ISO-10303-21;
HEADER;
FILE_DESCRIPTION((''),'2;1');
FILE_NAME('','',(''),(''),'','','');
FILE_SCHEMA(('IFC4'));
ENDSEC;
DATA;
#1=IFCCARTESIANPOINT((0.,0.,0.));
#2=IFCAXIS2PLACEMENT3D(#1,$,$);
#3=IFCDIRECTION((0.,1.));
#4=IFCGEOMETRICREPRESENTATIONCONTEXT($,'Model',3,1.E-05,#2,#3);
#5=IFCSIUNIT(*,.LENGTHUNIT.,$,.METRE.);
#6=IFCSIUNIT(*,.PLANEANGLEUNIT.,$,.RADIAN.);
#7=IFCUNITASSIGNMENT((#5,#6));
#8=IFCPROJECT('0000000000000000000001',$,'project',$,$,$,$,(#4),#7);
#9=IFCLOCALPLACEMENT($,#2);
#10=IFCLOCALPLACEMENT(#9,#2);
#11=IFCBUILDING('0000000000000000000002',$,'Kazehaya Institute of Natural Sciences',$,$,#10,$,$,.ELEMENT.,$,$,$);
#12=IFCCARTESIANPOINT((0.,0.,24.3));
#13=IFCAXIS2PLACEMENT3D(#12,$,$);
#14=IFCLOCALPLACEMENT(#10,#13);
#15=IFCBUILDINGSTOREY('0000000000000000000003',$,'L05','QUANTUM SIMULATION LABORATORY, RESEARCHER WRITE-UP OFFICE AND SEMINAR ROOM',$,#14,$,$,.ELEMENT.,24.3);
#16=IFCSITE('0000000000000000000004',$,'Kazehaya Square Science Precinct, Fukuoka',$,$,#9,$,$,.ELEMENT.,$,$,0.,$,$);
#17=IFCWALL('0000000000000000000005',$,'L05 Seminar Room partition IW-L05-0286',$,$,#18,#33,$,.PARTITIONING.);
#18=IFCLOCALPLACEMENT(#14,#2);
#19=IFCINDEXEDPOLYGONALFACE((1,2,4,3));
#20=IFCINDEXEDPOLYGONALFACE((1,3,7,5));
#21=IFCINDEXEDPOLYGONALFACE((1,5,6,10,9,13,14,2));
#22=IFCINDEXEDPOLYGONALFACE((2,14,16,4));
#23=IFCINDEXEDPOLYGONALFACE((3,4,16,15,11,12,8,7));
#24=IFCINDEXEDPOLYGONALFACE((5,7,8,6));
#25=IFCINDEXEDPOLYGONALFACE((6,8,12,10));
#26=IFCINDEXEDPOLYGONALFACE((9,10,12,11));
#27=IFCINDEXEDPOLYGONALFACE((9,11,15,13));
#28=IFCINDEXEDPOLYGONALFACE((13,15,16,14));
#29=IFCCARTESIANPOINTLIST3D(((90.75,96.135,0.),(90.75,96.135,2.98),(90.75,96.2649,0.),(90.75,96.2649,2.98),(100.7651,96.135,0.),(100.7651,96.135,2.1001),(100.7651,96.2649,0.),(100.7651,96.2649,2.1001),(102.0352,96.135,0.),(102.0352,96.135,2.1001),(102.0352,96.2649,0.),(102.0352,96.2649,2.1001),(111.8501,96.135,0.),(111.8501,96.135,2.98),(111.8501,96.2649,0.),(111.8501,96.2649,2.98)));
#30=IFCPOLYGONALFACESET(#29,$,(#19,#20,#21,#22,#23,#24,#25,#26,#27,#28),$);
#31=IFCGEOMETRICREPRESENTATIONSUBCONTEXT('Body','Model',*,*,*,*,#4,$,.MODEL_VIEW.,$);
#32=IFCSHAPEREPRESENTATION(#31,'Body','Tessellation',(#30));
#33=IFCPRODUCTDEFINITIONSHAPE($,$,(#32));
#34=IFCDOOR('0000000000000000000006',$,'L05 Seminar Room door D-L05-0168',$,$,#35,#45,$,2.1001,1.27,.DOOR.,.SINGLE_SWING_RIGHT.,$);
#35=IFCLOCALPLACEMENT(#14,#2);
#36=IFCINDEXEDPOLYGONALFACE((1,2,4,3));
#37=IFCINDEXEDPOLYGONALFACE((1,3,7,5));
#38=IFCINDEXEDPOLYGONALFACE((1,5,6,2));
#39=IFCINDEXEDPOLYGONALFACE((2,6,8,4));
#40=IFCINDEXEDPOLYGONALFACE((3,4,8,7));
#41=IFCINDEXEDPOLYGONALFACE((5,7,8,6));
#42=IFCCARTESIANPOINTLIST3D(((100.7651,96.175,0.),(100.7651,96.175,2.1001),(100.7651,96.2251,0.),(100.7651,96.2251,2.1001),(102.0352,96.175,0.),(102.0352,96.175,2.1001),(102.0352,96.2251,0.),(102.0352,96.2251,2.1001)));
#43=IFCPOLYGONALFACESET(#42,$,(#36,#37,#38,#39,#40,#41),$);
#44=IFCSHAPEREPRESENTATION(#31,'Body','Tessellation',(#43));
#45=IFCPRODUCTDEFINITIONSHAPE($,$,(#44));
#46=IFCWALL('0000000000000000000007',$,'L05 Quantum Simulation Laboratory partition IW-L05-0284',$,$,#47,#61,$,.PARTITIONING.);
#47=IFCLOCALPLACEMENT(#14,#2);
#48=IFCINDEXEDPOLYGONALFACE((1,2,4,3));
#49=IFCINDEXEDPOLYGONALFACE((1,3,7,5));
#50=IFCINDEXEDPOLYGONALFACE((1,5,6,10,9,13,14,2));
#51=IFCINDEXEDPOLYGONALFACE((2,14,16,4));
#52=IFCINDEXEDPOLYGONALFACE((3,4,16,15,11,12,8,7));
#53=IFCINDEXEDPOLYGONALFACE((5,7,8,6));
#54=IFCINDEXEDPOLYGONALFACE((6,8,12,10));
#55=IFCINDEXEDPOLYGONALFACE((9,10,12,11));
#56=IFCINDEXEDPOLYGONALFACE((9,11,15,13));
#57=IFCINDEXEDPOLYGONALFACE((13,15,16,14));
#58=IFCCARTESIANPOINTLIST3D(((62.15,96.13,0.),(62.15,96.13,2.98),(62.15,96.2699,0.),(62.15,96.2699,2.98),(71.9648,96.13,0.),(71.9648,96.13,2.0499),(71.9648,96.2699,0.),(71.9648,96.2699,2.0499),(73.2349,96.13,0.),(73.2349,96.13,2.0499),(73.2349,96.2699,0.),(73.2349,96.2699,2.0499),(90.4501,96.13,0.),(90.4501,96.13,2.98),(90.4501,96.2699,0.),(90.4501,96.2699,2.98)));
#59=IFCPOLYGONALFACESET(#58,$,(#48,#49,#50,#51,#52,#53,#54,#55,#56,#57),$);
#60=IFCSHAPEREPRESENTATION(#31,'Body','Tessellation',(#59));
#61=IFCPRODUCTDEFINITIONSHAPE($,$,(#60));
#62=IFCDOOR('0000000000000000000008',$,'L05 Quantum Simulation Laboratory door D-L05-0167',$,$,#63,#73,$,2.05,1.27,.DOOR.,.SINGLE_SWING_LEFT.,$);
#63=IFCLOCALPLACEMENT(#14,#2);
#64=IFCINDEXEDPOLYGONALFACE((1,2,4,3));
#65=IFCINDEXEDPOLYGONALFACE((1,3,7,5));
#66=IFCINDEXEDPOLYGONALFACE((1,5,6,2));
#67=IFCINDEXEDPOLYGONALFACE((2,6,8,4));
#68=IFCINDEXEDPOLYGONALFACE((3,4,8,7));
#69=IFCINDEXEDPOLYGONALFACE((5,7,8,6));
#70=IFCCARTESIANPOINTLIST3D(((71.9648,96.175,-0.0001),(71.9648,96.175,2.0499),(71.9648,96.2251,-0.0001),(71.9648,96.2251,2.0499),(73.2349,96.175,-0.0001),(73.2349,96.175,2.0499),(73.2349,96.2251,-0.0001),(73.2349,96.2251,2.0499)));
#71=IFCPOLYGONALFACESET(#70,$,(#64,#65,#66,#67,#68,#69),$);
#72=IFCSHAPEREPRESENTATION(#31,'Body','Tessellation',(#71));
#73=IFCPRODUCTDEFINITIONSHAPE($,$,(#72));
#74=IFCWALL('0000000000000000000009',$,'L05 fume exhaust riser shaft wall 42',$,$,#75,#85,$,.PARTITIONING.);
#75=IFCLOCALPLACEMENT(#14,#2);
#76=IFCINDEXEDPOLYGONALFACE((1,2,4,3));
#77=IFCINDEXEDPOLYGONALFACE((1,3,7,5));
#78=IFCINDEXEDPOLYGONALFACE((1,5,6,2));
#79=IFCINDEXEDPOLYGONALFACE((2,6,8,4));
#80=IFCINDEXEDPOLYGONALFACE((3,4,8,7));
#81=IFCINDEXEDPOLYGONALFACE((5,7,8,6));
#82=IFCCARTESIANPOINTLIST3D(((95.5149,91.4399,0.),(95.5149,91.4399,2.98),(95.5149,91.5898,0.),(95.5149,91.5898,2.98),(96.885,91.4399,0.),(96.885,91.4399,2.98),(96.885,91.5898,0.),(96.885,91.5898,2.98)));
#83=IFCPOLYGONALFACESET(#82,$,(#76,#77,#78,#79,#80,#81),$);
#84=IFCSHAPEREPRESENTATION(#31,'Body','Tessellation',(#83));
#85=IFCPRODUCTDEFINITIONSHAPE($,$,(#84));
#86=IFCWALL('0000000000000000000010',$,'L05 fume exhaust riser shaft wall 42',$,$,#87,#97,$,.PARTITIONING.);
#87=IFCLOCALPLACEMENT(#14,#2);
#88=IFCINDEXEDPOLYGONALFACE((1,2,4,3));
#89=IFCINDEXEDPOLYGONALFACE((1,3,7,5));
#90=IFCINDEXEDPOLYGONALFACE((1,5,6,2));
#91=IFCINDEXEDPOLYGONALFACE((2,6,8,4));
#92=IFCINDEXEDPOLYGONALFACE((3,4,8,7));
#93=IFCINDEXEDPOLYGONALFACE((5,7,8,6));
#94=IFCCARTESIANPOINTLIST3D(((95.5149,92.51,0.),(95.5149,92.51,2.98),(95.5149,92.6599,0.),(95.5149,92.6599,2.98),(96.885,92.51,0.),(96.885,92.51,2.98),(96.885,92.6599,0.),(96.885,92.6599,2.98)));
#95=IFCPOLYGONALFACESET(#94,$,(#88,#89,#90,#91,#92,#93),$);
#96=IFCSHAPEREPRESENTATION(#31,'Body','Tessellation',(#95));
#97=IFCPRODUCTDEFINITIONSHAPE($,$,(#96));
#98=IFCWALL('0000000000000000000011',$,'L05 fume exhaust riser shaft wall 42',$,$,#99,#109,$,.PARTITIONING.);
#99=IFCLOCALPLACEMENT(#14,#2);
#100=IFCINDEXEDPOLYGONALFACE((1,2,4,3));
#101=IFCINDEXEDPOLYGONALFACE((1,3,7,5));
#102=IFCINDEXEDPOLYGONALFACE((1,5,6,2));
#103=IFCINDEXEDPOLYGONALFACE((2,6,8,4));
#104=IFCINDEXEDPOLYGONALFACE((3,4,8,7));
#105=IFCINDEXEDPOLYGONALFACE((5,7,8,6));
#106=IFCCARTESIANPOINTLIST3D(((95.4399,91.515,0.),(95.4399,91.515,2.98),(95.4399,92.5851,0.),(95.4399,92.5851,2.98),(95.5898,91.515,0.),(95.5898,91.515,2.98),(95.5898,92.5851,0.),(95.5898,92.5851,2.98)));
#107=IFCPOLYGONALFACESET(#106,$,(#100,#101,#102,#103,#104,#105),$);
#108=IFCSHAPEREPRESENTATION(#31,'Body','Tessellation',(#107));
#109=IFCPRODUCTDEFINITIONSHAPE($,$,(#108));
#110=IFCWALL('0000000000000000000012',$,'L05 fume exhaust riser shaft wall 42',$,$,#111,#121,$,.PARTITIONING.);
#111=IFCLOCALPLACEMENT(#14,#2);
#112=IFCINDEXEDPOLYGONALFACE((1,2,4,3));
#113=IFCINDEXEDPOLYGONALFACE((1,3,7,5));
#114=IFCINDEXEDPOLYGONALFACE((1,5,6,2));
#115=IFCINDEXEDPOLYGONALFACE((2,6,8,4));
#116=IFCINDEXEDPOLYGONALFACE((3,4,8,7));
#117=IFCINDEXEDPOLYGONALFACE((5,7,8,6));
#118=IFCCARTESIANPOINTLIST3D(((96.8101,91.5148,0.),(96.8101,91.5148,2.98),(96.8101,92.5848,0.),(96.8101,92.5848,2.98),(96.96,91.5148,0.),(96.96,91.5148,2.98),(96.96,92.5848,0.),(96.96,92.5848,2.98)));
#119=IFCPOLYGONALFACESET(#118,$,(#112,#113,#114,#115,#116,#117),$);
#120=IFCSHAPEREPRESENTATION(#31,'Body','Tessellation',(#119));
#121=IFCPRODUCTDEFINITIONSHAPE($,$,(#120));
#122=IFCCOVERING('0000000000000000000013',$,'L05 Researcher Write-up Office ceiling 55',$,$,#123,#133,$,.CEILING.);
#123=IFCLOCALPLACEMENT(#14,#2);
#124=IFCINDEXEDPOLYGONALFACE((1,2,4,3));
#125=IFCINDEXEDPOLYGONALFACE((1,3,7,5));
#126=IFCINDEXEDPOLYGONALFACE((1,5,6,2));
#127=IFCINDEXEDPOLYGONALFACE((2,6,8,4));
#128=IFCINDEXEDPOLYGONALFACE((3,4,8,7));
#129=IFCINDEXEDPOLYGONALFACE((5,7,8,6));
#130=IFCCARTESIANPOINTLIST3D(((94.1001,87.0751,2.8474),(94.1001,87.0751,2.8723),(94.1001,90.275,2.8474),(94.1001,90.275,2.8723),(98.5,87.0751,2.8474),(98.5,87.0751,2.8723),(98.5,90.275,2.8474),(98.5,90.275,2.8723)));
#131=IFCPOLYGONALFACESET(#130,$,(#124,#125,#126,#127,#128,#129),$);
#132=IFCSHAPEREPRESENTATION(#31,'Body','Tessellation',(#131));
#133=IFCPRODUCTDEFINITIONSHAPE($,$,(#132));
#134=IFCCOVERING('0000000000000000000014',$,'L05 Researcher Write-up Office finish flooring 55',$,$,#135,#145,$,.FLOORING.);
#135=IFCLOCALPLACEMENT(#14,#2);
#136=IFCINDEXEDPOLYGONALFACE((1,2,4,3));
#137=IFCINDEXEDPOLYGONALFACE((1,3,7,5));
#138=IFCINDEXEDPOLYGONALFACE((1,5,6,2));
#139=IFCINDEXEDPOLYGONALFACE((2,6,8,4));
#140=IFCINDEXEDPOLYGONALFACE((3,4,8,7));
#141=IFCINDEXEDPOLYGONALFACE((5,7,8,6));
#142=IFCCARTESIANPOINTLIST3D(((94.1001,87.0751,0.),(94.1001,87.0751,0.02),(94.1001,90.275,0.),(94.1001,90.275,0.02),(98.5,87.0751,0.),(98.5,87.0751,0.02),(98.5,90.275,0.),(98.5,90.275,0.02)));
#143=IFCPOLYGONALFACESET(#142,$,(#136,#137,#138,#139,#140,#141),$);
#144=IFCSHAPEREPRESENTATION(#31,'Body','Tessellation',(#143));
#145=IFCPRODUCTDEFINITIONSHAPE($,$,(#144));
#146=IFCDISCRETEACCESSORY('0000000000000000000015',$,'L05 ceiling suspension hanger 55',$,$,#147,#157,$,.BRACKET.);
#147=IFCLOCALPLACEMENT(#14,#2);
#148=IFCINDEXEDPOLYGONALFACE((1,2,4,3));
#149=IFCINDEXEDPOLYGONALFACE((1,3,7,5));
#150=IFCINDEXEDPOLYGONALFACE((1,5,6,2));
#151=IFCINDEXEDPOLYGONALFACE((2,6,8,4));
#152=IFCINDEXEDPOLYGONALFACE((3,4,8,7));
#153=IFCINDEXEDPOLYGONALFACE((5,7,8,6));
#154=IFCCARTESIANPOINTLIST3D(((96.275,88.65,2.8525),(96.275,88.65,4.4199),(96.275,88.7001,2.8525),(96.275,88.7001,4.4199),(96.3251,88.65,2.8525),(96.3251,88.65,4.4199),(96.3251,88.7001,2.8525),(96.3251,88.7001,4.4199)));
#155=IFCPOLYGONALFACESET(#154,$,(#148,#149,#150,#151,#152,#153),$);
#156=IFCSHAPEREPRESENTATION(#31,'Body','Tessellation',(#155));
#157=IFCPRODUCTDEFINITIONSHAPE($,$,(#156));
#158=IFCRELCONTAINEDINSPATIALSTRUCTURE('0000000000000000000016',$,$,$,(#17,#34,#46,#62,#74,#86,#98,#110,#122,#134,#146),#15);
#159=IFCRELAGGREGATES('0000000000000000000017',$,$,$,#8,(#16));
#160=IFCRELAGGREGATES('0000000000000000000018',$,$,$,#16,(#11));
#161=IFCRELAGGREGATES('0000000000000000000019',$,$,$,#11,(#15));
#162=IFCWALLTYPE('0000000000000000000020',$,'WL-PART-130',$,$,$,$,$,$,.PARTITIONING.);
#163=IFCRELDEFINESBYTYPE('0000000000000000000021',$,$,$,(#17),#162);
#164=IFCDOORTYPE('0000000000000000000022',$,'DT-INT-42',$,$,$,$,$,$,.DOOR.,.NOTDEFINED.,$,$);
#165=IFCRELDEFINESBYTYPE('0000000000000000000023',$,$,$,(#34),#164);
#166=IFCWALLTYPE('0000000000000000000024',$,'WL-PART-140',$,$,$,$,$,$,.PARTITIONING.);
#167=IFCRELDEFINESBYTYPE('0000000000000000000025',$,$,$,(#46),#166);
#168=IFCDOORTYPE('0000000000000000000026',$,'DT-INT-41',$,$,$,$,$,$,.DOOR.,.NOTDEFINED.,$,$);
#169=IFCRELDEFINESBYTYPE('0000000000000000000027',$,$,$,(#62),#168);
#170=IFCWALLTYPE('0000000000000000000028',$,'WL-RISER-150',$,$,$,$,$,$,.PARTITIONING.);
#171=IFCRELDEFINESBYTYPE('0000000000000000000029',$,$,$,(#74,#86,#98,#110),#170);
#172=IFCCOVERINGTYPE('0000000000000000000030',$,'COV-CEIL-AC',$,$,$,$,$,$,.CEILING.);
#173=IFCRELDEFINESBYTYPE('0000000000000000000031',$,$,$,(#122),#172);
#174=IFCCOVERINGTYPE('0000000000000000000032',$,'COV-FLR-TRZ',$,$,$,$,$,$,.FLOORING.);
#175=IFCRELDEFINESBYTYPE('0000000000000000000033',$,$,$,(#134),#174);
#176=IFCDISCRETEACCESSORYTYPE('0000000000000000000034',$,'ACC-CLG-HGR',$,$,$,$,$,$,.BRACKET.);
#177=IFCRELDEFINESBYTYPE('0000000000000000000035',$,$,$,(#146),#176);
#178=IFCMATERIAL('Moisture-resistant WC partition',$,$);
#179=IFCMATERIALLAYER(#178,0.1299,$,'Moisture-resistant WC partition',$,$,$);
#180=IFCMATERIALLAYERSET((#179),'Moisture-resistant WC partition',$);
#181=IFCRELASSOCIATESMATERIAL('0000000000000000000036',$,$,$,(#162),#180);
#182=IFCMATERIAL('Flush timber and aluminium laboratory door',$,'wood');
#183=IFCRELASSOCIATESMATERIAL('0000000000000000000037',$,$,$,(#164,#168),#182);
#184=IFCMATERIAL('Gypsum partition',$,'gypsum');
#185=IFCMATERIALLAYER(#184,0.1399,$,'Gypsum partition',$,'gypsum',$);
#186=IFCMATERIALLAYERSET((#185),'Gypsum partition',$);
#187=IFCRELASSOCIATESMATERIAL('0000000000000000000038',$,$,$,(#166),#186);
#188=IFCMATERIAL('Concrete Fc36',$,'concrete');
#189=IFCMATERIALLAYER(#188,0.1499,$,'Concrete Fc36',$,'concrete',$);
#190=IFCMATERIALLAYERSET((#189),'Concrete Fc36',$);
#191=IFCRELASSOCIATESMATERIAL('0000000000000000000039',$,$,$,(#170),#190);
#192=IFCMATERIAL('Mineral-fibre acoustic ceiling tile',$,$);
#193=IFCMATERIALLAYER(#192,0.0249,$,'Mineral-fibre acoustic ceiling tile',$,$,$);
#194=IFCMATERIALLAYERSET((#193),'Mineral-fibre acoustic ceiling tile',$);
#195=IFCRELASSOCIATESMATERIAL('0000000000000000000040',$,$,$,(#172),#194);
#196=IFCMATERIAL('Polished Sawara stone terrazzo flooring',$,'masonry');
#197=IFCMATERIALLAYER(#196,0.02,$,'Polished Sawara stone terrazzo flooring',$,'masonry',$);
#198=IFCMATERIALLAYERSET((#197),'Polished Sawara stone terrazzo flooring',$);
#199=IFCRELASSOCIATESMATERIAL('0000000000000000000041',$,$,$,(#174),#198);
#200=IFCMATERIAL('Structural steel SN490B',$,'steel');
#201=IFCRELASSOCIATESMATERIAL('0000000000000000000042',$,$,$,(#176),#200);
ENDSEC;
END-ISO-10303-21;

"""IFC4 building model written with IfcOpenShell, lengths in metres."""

from ifc_helpers import new_model, si_unit, direction, frame, frame_2d, origin, origin_2d, place, context, subcontext, project, spatial, rectangle, extrude, material, layer, layer_set, type_object, element, fill, save


model = new_model("IFC4")

# Units and contexts
model_context = context("Model", 3, precision=1e-05, world=origin(), true_north=direction((0.0, 1.0)))
body_context = subcontext(model_context, "Body", "Model", "MODEL_VIEW")
ifc_project = project(units=[si_unit("LENGTHUNIT", "METRE"), si_unit("PLANEANGLEUNIT", "RADIAN")], contexts=[model_context])

# Site, building, storey
site_placement = place(None, origin())
site = spatial("IfcSite", under=ifc_project, at=site_placement, Name="Kazehaya Square Science Precinct, Fukuoka", CompositionType="ELEMENT", RefElevation=0.0)
building_placement = place(site_placement, origin())
building = spatial("IfcBuilding", under=site, at=building_placement, Name="Kazehaya Institute of Natural Sciences", CompositionType="ELEMENT")
storey_placement = place(building_placement, frame((0.0, 0.0, 24.3)))
storey = spatial("IfcBuildingStorey", under=building, at=storey_placement, Name="L05", Description="QUANTUM SIMULATION LABORATORY, RESEARCHER WRITE-UP OFFICE AND SEMINAR ROOM", CompositionType="ELEMENT", Elevation=24.3)

# Shared definitions
ifc_material_1 = material(Name="Concrete Fc36", Category="concrete")

# Walls, openings, doors
ifc_material_2 = material(Name="Moisture-resistant WC partition")
ifc_layer_1 = layer(ifc_material_2, 0.1299, Name="Moisture-resistant WC partition")
ifc_layer_set_1 = layer_set([ifc_layer_1], Name="Moisture-resistant WC partition")
wall_type_1 = type_object("IfcWallType", Name="WL-PART-130", PredefinedType="PARTITIONING", material=ifc_layer_set_1)
wall_1_placement = place(storey_placement, frame((111.8501, 96.2, 0.0), z_axis=(0.0, 0.0, 1.0), x_axis=(-1.0, 0.0, 0.0)))
wall_1 = element("IfcWall", 1, at=wall_1_placement, inside=storey, type_object=wall_type_1, Name="L05 Seminar Room partition IW-L05-0286", PredefinedType="PARTITIONING", context=body_context, shape_type="SweptSolid", body=[
    extrude(rectangle(XDim=21.1001, YDim=0.1299, at=frame_2d((10.55, 0.0))), origin(), (0.0, 0.0, 1.0), 2.98),
])
opening_1_placement = place(wall_1_placement, frame((9.8149, 0.0, 0.0)))
opening_1 = element("IfcOpeningElement", 2, at=opening_1_placement, cuts=wall_1, PredefinedType="OPENING", context=body_context, shape_type="SweptSolid", body=[
    extrude(rectangle(XDim=1.27, YDim=2.1001, at=frame_2d((0.635, 1.05))), frame((0.0, 0.075, 0.0), z_axis=(0.0, -1.0, 0.0), x_axis=(1.0, 0.0, 0.0)), (0.0, 0.0, 1.0), 0.1499),
])
ifc_material_3 = material(Name="Flush timber and aluminium laboratory door", Category="wood")
door_type_1 = type_object("IfcDoorType", Name="DT-INT-42", OperationType="NOTDEFINED", PredefinedType="DOOR", material=ifc_material_3)
door_1_placement = place(opening_1_placement, origin())
door_1 = element("IfcDoor", 3, at=door_1_placement, inside=storey, type_object=door_type_1, Name="L05 Seminar Room door D-L05-0168", OperationType="SINGLE_SWING_RIGHT", OverallHeight=2.1001, OverallWidth=1.27, PredefinedType="DOOR", context=body_context, shape_type="SweptSolid", body=[
    extrude(rectangle(XDim=1.27, YDim=2.1001, at=frame_2d((0.635, 1.05))), frame((0.0, 0.0249, 0.0), z_axis=(0.0, -1.0, 0.0), x_axis=(1.0, 0.0, 0.0)), (0.0, 0.0, 1.0), 0.05),
])
fill(opening_1, door_1)
ifc_material_4 = material(Name="Gypsum partition", Category="gypsum")
ifc_layer_2 = layer(ifc_material_4, 0.1399, Name="Gypsum partition", Category="gypsum")
ifc_layer_set_2 = layer_set([ifc_layer_2], Name="Gypsum partition")
wall_type_2 = type_object("IfcWallType", Name="WL-PART-140", PredefinedType="PARTITIONING", material=ifc_layer_set_2)
wall_2_placement = place(storey_placement, frame((90.45, 96.2, 0.0), z_axis=(0.0, 0.0, 1.0), x_axis=(-1.0, 0.0, 0.0)))
wall_2 = element("IfcWall", 4, at=wall_2_placement, inside=storey, type_object=wall_type_2, Name="L05 Quantum Simulation Laboratory partition IW-L05-0284", PredefinedType="PARTITIONING", context=body_context, shape_type="SweptSolid", body=[
    extrude(rectangle(XDim=28.3, YDim=0.1399, at=frame_2d((14.1499, 0.0))), origin(), (0.0, 0.0, 1.0), 2.98),
])
opening_2_placement = place(wall_2_placement, frame((17.2151, 0.0, 0.0)))
opening_2 = element("IfcOpeningElement", 5, at=opening_2_placement, cuts=wall_2, PredefinedType="OPENING", context=body_context, shape_type="SweptSolid", body=[
    extrude(rectangle(XDim=1.27, YDim=2.05, at=frame_2d((0.635, 1.0249))), frame((0.0, 0.0798, 0.0), z_axis=(0.0, -1.0, 0.0), x_axis=(1.0, 0.0, 0.0)), (0.0, 0.0, 1.0), 0.1599),
])
door_type_2 = type_object("IfcDoorType", Name="DT-INT-41", OperationType="NOTDEFINED", PredefinedType="DOOR", material=ifc_material_3)
door_2_placement = place(opening_2_placement, origin())
door_2 = element("IfcDoor", 6, at=door_2_placement, inside=storey, type_object=door_type_2, Name="L05 Quantum Simulation Laboratory door D-L05-0167", OperationType="SINGLE_SWING_LEFT", OverallHeight=2.05, OverallWidth=1.27, PredefinedType="DOOR", context=body_context, shape_type="SweptSolid", body=[
    extrude(rectangle(XDim=1.27, YDim=2.05, at=frame_2d((0.635, 1.0249))), frame((0.0, 0.0249, 0.0), z_axis=(0.0, -1.0, 0.0), x_axis=(1.0, 0.0, 0.0)), (0.0, 0.0, 1.0), 0.05),
])
fill(opening_2, door_2)

# Walls
ifc_layer_3 = layer(ifc_material_1, 0.1499, Name="Concrete Fc36", Category="concrete")
ifc_layer_set_3 = layer_set([ifc_layer_3], Name="Concrete Fc36")
wall_type_3 = type_object("IfcWallType", Name="WL-RISER-150", PredefinedType="PARTITIONING", material=ifc_layer_set_3)
for number, where, z_axis, x_axis, name in (
    (7, (96.885, 91.5149, 0.0), (0.0, 0.0, 1.0), (-1.0, 0.0, 0.0), "L05 fume exhaust riser shaft wall 42"),
    (8, (95.5149, 92.585, 0.0), (0.0, 0.0, 1.0), (1.0, 0.0, 0.0), "L05 fume exhaust riser shaft wall 42"),
):
    element("IfcWall", number, at=place(storey_placement, frame(where, z_axis=z_axis, x_axis=x_axis)), inside=storey, type_object=wall_type_3, Name=name, PredefinedType="PARTITIONING", context=body_context, shape_type="SweptSolid", body=[
        extrude(rectangle(XDim=1.3701, YDim=0.1499, at=frame_2d((0.6851, 0.0))), origin(), (0.0, 0.0, 1.0), 2.98),
    ])
for number, where, z_axis, x_axis, name in (
    (9, (95.5149, 91.5149, 0.0), (0.0, 0.0, 1.0), (0.0, 1.0, 0.0), "L05 fume exhaust riser shaft wall 42"),
    (10, (96.885, 92.585, 0.0), (0.0, 0.0, 1.0), (0.0, -1.0, 0.0), "L05 fume exhaust riser shaft wall 42"),
):
    element("IfcWall", number, at=place(storey_placement, frame(where, z_axis=z_axis, x_axis=x_axis)), inside=storey, type_object=wall_type_3, Name=name, PredefinedType="PARTITIONING", context=body_context, shape_type="SweptSolid", body=[
        extrude(rectangle(XDim=1.0701, YDim=0.1499, at=frame_2d((0.5352, 0.0))), origin(), (0.0, 0.0, 1.0), 2.98),
    ])

# Coverings
ifc_material_5 = material(Name="Mineral-fibre acoustic ceiling tile")
ifc_layer_4 = layer(ifc_material_5, 0.0249, Name="Mineral-fibre acoustic ceiling tile")
ifc_layer_set_4 = layer_set([ifc_layer_4], Name="Mineral-fibre acoustic ceiling tile")
covering_type_1 = type_object("IfcCoveringType", Name="COV-CEIL-AC", PredefinedType="CEILING", material=ifc_layer_set_4)
covering_1_placement = place(storey_placement, frame((96.3, 88.675, 2.8474), z_axis=(0.0, 0.0, 1.0), x_axis=(1.0, 0.0, 0.0)))
element("IfcCovering", 11, at=covering_1_placement, inside=storey, type_object=covering_type_1, Name="L05 Researcher Write-up Office ceiling 55", PredefinedType="CEILING", context=body_context, shape_type="SweptSolid", body=[
    extrude(rectangle(XDim=4.3999, YDim=3.2, at=origin_2d()), origin(), (0.0, 0.0, 1.0), 0.0249),
])
ifc_material_6 = material(Name="Polished Sawara stone terrazzo flooring", Category="masonry")
ifc_layer_5 = layer(ifc_material_6, 0.02, Name="Polished Sawara stone terrazzo flooring", Category="masonry")
ifc_layer_set_5 = layer_set([ifc_layer_5], Name="Polished Sawara stone terrazzo flooring")
covering_type_2 = type_object("IfcCoveringType", Name="COV-FLR-TRZ", PredefinedType="FLOORING", material=ifc_layer_set_5)
covering_2_placement = place(storey_placement, frame((96.3, 88.675, 0.0), z_axis=(0.0, 0.0, 1.0), x_axis=(1.0, 0.0, 0.0)))
element("IfcCovering", 12, at=covering_2_placement, inside=storey, type_object=covering_type_2, Name="L05 Researcher Write-up Office finish flooring 55", PredefinedType="FLOORING", context=body_context, shape_type="SweptSolid", body=[
    extrude(rectangle(XDim=4.3999, YDim=3.2, at=origin_2d()), origin(), (0.0, 0.0, 1.0), 0.02),
])

# Discrete accessory
ifc_material_7 = material(Name="Structural steel SN490B", Category="steel")
discrete_accessory_type = type_object("IfcDiscreteAccessoryType", Name="ACC-CLG-HGR", PredefinedType="BRACKET", material=ifc_material_7)
discrete_accessory_placement = place(storey_placement, frame((96.3, 88.675, 2.8525), z_axis=(0.0, 0.0, 1.0), x_axis=(1.0, 0.0, 0.0)))
element("IfcDiscreteAccessory", 13, at=discrete_accessory_placement, inside=storey, type_object=discrete_accessory_type, Name="L05 ceiling suspension hanger 55", PredefinedType="BRACKET", context=body_context, shape_type="SweptSolid", body=[
    extrude(rectangle(XDim=0.05, YDim=0.05, at=origin_2d()), origin(), (0.0, 0.0, 1.0), 1.5674),
])

save(model, "model.ifc")
